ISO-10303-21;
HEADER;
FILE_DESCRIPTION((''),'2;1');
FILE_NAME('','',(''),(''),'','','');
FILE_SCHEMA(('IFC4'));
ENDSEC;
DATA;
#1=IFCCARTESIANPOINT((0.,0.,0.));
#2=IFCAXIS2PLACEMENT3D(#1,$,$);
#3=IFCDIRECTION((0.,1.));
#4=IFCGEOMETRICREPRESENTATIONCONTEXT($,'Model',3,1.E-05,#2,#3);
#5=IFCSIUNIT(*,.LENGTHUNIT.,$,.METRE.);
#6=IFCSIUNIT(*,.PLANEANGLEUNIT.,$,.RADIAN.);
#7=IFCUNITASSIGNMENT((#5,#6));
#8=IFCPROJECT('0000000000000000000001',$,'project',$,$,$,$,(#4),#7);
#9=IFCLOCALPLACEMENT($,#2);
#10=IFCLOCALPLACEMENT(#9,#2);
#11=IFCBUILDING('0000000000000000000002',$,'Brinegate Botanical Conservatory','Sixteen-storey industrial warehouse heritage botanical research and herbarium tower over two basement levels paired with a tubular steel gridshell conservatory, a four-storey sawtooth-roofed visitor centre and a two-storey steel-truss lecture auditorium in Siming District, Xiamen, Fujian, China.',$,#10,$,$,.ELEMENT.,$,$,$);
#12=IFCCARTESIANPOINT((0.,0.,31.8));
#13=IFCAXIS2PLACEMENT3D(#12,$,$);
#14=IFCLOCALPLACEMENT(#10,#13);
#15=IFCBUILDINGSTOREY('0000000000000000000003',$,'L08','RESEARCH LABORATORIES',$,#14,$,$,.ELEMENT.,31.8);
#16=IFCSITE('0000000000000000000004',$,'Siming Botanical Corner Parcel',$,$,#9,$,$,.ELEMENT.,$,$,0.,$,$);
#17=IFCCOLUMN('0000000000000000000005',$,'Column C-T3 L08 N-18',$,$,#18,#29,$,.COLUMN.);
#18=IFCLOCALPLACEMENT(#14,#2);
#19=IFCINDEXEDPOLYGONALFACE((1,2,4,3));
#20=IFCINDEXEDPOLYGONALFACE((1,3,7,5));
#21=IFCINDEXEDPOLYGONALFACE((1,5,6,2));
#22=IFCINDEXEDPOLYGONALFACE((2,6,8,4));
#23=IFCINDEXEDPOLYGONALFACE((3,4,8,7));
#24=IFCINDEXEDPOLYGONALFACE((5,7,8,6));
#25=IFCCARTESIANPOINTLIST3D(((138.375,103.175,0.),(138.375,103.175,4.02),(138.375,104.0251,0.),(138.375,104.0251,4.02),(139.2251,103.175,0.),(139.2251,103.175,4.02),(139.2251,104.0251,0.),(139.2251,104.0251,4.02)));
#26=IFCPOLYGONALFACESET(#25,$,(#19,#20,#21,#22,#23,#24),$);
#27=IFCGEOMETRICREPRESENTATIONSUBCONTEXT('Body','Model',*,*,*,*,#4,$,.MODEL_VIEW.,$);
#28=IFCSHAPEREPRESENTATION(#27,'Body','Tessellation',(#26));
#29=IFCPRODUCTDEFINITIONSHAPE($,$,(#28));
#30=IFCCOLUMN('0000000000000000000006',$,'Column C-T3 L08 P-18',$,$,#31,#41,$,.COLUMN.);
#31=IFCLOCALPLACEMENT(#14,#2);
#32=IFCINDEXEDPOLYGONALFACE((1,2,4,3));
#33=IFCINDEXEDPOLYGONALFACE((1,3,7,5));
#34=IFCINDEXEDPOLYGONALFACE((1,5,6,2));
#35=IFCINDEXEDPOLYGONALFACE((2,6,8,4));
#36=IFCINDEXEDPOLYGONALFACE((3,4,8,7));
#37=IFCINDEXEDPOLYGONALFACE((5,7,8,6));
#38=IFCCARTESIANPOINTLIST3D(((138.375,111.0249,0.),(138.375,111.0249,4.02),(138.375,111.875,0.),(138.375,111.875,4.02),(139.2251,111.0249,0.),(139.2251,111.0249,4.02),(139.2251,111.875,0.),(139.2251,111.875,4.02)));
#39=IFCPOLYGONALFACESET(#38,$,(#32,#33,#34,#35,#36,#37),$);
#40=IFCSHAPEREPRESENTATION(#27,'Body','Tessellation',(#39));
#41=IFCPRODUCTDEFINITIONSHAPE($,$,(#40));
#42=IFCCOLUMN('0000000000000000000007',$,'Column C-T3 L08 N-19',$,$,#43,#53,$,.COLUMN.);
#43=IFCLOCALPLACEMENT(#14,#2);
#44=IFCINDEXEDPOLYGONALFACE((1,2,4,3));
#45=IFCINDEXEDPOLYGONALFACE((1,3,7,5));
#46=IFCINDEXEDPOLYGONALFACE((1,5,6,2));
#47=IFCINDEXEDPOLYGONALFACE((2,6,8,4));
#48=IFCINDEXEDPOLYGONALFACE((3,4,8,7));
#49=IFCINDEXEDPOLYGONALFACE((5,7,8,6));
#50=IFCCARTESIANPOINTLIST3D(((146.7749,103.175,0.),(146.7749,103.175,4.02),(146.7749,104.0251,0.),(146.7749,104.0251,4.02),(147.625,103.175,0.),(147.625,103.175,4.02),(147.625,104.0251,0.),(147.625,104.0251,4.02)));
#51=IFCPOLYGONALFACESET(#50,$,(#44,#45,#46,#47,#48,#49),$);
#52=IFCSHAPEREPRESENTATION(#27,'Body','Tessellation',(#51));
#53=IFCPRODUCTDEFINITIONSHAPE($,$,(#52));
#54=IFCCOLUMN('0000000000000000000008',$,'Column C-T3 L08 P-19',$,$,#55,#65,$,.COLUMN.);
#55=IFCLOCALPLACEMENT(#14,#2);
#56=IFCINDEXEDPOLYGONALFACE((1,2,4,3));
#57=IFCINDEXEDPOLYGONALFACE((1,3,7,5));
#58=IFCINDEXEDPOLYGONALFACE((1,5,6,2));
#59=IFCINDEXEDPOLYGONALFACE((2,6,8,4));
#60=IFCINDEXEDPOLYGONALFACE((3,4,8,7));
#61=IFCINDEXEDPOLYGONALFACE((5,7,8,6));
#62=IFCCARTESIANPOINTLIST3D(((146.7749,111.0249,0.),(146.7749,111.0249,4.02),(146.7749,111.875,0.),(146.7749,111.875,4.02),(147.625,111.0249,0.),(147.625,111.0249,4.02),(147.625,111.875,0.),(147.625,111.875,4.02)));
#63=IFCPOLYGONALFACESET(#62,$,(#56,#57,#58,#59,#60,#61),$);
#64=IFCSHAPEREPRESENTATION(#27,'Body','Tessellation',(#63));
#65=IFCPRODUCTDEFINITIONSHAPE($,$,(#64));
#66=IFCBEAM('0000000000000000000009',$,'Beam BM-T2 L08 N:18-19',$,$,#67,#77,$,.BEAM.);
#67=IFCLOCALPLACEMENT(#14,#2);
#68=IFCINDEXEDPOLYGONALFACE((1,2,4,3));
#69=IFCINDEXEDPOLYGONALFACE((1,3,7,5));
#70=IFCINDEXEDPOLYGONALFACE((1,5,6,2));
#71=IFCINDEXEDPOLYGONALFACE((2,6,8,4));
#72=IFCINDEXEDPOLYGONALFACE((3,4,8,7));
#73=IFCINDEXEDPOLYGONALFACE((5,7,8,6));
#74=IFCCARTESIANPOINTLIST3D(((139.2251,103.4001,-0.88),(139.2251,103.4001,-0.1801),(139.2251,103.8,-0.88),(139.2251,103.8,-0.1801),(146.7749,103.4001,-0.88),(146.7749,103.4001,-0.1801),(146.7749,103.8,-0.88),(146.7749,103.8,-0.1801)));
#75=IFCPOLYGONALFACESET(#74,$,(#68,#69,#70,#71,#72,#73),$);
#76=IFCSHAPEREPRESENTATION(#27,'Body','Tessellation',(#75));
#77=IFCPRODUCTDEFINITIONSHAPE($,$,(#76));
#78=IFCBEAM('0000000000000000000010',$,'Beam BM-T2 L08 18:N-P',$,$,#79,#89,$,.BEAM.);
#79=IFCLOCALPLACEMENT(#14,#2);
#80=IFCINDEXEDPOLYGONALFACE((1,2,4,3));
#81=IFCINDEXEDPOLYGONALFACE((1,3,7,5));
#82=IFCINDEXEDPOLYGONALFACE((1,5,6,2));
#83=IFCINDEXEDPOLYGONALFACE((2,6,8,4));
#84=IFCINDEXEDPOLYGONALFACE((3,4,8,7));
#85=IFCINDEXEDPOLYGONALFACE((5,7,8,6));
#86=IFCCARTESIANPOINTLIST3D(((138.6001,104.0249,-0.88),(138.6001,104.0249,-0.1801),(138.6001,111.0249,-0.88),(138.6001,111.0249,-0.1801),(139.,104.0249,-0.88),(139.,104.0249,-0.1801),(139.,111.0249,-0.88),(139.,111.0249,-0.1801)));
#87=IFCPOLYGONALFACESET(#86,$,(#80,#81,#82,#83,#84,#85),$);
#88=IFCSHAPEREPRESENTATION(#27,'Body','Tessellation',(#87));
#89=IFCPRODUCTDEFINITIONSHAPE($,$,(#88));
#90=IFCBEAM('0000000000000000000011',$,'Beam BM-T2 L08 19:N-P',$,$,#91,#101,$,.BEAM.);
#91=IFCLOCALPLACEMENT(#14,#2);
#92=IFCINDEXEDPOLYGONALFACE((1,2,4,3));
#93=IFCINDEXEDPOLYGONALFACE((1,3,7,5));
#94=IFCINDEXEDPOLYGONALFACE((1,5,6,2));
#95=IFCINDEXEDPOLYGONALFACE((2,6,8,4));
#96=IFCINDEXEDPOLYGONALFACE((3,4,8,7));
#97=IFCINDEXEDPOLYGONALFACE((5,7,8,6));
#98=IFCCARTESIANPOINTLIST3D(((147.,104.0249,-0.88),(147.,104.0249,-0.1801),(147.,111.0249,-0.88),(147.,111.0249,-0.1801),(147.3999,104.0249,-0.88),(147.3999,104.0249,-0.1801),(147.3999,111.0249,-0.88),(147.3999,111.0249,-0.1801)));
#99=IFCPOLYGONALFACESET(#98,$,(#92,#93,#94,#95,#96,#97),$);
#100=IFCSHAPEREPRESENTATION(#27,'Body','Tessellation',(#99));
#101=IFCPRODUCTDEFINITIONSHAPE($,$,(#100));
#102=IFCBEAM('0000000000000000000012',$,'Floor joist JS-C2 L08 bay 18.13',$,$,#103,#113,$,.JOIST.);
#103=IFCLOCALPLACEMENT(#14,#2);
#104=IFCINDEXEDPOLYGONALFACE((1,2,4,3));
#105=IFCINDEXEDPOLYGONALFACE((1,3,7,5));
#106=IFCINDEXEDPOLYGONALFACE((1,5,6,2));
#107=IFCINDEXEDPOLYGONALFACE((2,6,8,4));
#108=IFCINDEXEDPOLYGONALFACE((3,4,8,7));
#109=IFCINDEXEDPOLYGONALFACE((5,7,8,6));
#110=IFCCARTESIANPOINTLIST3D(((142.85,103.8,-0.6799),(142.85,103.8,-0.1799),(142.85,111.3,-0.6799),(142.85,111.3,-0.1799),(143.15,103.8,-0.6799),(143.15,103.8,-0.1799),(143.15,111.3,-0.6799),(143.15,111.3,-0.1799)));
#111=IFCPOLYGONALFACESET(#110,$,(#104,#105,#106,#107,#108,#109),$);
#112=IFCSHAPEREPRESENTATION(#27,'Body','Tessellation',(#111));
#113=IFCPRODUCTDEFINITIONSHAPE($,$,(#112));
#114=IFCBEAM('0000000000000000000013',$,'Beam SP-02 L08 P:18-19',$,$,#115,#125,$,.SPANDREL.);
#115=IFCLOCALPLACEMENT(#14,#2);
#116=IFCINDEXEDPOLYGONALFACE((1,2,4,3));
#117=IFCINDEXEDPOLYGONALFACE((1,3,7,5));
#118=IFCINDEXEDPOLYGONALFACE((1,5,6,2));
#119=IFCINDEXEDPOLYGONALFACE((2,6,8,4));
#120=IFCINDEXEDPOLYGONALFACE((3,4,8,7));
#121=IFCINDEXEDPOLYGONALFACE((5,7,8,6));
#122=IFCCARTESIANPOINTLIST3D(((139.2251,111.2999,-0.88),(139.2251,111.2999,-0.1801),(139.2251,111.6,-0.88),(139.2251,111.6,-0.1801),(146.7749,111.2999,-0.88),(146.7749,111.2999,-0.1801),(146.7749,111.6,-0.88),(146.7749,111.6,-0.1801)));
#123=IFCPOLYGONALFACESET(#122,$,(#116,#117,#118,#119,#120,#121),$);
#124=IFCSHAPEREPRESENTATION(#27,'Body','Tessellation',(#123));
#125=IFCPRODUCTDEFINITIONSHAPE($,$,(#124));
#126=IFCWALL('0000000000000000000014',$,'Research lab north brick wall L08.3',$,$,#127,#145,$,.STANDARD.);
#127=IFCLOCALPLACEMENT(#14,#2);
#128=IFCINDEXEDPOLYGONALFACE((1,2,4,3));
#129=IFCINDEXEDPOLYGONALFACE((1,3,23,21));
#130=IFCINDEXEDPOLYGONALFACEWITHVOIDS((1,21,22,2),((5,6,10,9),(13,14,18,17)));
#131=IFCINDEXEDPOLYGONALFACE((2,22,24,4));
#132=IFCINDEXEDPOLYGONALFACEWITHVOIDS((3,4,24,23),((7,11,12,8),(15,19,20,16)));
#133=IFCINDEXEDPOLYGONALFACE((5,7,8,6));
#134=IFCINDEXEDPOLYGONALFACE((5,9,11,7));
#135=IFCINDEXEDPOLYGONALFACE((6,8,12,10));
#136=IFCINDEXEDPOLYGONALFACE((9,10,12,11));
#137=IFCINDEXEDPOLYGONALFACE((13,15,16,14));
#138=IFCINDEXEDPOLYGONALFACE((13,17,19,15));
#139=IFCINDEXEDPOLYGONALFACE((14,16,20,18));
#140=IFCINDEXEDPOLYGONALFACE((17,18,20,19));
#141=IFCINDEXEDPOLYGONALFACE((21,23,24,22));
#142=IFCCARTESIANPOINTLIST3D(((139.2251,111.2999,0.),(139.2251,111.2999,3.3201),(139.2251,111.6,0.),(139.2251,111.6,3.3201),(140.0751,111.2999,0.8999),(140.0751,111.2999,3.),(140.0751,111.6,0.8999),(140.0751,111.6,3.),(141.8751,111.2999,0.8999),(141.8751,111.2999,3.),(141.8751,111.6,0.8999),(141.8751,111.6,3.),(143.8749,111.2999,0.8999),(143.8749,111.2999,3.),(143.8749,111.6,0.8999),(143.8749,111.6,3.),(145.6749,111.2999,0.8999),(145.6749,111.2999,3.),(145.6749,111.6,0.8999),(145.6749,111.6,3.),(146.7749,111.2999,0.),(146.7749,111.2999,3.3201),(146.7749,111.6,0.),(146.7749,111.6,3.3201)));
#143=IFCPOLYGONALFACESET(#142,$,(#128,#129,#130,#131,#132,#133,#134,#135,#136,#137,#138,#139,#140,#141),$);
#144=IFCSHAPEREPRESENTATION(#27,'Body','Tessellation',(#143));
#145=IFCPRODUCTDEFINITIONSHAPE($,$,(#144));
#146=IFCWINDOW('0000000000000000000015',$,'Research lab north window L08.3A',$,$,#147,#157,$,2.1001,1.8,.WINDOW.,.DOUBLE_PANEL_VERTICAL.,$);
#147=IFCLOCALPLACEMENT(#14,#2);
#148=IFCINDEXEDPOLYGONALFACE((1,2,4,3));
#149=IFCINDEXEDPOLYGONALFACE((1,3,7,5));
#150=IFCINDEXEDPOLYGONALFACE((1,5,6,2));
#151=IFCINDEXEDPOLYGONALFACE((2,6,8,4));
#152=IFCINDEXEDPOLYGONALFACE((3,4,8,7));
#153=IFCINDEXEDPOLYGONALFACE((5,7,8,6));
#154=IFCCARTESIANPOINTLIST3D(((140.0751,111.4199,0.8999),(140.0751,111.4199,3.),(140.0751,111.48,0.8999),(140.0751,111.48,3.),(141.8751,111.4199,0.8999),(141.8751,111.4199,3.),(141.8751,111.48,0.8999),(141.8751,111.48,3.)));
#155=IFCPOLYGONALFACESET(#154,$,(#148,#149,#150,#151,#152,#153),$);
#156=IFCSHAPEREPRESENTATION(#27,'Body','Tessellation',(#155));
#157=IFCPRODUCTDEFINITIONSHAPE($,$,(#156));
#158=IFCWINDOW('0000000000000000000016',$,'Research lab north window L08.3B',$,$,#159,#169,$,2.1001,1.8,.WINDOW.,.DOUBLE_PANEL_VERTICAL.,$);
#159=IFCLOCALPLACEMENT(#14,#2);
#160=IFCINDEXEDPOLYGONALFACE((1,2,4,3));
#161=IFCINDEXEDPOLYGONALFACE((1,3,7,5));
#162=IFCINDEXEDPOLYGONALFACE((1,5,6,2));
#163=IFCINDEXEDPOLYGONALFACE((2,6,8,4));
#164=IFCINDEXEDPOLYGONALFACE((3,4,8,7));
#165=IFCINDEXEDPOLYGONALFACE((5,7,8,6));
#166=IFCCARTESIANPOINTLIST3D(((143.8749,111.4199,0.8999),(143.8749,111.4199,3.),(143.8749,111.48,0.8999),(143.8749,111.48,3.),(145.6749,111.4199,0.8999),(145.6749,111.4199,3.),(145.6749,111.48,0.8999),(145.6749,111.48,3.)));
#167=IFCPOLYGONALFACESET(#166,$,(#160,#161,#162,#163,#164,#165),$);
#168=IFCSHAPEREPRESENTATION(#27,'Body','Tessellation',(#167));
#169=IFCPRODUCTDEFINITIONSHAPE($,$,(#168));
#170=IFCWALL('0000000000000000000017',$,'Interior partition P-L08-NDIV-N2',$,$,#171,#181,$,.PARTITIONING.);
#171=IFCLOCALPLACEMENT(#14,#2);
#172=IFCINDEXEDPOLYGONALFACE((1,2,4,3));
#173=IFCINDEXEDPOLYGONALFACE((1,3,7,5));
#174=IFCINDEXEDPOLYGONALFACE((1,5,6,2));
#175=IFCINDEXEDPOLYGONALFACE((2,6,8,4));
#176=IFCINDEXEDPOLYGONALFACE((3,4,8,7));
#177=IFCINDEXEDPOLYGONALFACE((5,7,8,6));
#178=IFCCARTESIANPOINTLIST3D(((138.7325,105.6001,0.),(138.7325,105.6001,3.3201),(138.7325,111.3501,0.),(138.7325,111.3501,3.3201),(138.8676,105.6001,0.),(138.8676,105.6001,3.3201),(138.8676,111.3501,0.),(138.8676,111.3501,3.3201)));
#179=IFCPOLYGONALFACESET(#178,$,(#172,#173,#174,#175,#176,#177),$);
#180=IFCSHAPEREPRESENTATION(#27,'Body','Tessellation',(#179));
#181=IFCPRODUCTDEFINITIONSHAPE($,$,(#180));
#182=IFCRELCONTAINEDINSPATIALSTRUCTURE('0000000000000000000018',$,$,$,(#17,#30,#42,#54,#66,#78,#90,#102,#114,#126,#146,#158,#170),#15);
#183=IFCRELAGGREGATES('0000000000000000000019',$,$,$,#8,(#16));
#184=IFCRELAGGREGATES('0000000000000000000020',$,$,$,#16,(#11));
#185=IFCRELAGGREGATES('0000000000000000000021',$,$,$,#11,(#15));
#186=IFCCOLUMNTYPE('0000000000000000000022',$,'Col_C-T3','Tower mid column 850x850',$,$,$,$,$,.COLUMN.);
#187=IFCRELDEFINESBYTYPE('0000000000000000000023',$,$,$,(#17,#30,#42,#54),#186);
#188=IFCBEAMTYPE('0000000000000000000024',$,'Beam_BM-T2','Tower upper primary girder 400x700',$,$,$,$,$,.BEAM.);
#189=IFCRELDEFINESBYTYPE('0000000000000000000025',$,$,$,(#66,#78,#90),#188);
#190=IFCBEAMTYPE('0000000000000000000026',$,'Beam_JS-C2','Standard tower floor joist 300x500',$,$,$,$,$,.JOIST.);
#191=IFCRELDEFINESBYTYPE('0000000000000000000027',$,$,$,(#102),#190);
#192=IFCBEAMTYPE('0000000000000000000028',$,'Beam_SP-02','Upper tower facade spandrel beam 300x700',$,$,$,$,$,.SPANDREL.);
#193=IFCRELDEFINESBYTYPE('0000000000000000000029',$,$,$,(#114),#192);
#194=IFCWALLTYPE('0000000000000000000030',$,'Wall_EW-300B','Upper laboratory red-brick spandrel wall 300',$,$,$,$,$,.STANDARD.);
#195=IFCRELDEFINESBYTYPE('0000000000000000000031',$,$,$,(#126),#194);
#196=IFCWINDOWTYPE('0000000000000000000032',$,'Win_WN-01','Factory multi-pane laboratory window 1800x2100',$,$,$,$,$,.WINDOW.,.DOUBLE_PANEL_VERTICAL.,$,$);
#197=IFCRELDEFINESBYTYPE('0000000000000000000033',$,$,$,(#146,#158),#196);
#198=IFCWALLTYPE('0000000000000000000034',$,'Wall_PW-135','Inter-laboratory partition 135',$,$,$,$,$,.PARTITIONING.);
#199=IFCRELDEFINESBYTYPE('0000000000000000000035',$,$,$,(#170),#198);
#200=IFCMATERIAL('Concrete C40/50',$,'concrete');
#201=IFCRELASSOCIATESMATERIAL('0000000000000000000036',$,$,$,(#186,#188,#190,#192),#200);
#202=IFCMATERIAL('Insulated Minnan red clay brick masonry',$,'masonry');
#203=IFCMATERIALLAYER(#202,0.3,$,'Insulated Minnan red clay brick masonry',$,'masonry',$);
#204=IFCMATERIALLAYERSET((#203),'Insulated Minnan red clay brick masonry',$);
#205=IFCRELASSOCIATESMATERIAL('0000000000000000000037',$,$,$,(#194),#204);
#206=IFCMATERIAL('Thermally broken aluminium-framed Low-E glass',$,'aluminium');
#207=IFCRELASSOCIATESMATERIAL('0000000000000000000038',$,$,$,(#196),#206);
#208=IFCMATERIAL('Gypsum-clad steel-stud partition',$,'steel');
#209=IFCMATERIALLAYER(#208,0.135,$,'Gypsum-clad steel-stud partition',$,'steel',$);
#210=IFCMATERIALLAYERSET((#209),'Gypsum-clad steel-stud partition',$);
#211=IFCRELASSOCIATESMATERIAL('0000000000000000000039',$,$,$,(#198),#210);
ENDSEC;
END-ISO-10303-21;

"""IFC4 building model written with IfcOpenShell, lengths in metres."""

from ifc_helpers import new_model, si_unit, direction, frame, frame_2d, origin, origin_2d, place, context, subcontext, project, spatial, rectangle, extrude, material, layer, layer_set, material_profile, profile_set, type_object, element, fill, save


model = new_model("IFC4")

# Units and contexts
model_context = context("Model", 3, precision=1e-05, world=origin(), true_north=direction((0.0, 1.0)))
body_context = subcontext(model_context, "Body", "Model", "MODEL_VIEW")
ifc_project = project(units=[si_unit("LENGTHUNIT", "METRE"), si_unit("PLANEANGLEUNIT", "RADIAN")], contexts=[model_context])

# Site, building, storey
site_placement = place(None, origin())
site = spatial("IfcSite", under=ifc_project, at=site_placement, Name="Siming Botanical Corner Parcel", CompositionType="ELEMENT", RefElevation=0.0)
building_placement = place(site_placement, origin())
building = spatial("IfcBuilding", under=site, at=building_placement, Name="Brinegate Botanical Conservatory", Description="Sixteen-storey industrial warehouse heritage botanical research and herbarium tower over two basement levels paired with a tubular steel gridshell conservatory, a four-storey sawtooth-roofed visitor centre and a two-storey steel-truss lecture auditorium in Siming District, Xiamen, Fujian, China.", CompositionType="ELEMENT")
storey_placement = place(building_placement, frame((0.0, 0.0, 31.8)))
storey = spatial("IfcBuildingStorey", under=building, at=storey_placement, Name="L08", Description="RESEARCH LABORATORIES", CompositionType="ELEMENT", Elevation=31.8)

# Columns
ifc_material_1 = material(Name="Concrete C40/50", Category="concrete")
ifc_material_profile_1 = material_profile(ifc_material_1, rectangle(XDim=0.8501, YDim=0.8501, at=origin_2d()), Name="RC COL 850x850")
ifc_profile_set_1 = profile_set([ifc_material_profile_1], Name="Concrete C40/50")
column_type = type_object("IfcColumnType", Name="Col_C-T3", Description="Tower mid column 850x850", PredefinedType="COLUMN", material=ifc_profile_set_1)
for number, where, z_axis, x_axis, name in (
    (1, (138.8, 103.6001, 0.0), (0.0, 0.0, 1.0), (1.0, 0.0, 0.0), "Column C-T3 L08 N-18"),
    (2, (138.8, 111.45, 0.0), (0.0, 0.0, 1.0), (1.0, 0.0, 0.0), "Column C-T3 L08 P-18"),
    (3, (147.2, 103.6001, 0.0), (0.0, 0.0, 1.0), (1.0, 0.0, 0.0), "Column C-T3 L08 N-19"),
    (4, (147.2, 111.45, 0.0), (0.0, 0.0, 1.0), (1.0, 0.0, 0.0), "Column C-T3 L08 P-19"),
):
    element("IfcColumn", number, at=place(storey_placement, frame(where, z_axis=z_axis, x_axis=x_axis)), inside=storey, type_object=column_type, Name=name, PredefinedType="COLUMN", context=body_context, shape_type="SweptSolid", body=[
        extrude(rectangle(XDim=0.8501, YDim=0.8501, at=origin_2d()), origin(), (0.0, 0.0, 1.0), 4.02),
    ])

# Beams
ifc_material_profile_2 = material_profile(ifc_material_1, rectangle(XDim=0.3999, YDim=0.7, at=origin_2d()), Name="RC BM 400x700")
ifc_profile_set_2 = profile_set([ifc_material_profile_2], Name="Concrete C40/50")
beam_type_1 = type_object("IfcBeamType", Name="Beam_BM-T2", Description="Tower upper primary girder 400x700", PredefinedType="BEAM", material=ifc_profile_set_2)
beam_1_placement = place(storey_placement, frame((139.2251, 103.6001, -0.53), z_axis=(1.0, 0.0, 0.0), x_axis=(0.0, 1.0, 0.0)))
element("IfcBeam", 5, at=beam_1_placement, inside=storey, type_object=beam_type_1, Name="Beam BM-T2 L08 N:18-19", PredefinedType="BEAM", context=body_context, shape_type="SweptSolid", body=[
    extrude(rectangle(XDim=0.3999, YDim=0.7, at=origin_2d()), origin(), (0.0, 0.0, 1.0), 7.5498),
])
for number, where, z_axis, x_axis, name in (
    (6, (138.8, 104.0249, -0.53), (0.0, 1.0, 0.0), (-1.0, 0.0, 0.0), "Beam BM-T2 L08 18:N-P"),
    (7, (147.2, 104.0249, -0.53), (0.0, 1.0, 0.0), (-1.0, 0.0, 0.0), "Beam BM-T2 L08 19:N-P"),
):
    element("IfcBeam", number, at=place(storey_placement, frame(where, z_axis=z_axis, x_axis=x_axis)), inside=storey, type_object=beam_type_1, Name=name, PredefinedType="BEAM", context=body_context, shape_type="SweptSolid", body=[
        extrude(rectangle(XDim=0.3999, YDim=0.7, at=origin_2d()), origin(), (0.0, 0.0, 1.0), 7.0),
    ])
ifc_material_profile_3 = material_profile(ifc_material_1, rectangle(XDim=0.3, YDim=0.5, at=origin_2d()), Name="RC JST 300x500")
ifc_profile_set_3 = profile_set([ifc_material_profile_3], Name="Concrete C40/50")
beam_type_2 = type_object("IfcBeamType", Name="Beam_JS-C2", Description="Standard tower floor joist 300x500", PredefinedType="JOIST", material=ifc_profile_set_3)
beam_2_placement = place(storey_placement, frame((143.0, 103.8, -0.4299), z_axis=(0.0, 1.0, 0.0), x_axis=(-1.0, 0.0, 0.0)))
element("IfcBeam", 8, at=beam_2_placement, inside=storey, type_object=beam_type_2, Name="Floor joist JS-C2 L08 bay 18.13", PredefinedType="JOIST", context=body_context, shape_type="SweptSolid", body=[
    extrude(rectangle(XDim=0.3, YDim=0.5, at=origin_2d()), origin(), (0.0, 0.0, 1.0), 7.5),
])
ifc_material_profile_4 = material_profile(ifc_material_1, rectangle(XDim=0.3, YDim=0.7, at=origin_2d()), Name="RC SPN 300x700")
ifc_profile_set_4 = profile_set([ifc_material_profile_4], Name="Concrete C40/50")
beam_type_3 = type_object("IfcBeamType", Name="Beam_SP-02", Description="Upper tower facade spandrel beam 300x700", PredefinedType="SPANDREL", material=ifc_profile_set_4)
beam_3_placement = place(storey_placement, frame((139.2251, 111.45, -0.53), z_axis=(1.0, 0.0, 0.0), x_axis=(0.0, 1.0, 0.0)))
element("IfcBeam", 9, at=beam_3_placement, inside=storey, type_object=beam_type_3, Name="Beam SP-02 L08 P:18-19", PredefinedType="SPANDREL", context=body_context, shape_type="SweptSolid", body=[
    extrude(rectangle(XDim=0.3, YDim=0.7, at=origin_2d()), origin(), (0.0, 0.0, 1.0), 7.5498),
])

# Wall, openings, windows
ifc_material_2 = material(Name="Insulated Minnan red clay brick masonry", Category="masonry")
ifc_layer_1 = layer(ifc_material_2, 0.3, Name="Insulated Minnan red clay brick masonry", Category="masonry")
ifc_layer_set_1 = layer_set([ifc_layer_1], Name="Insulated Minnan red clay brick masonry")
wall_type_1 = type_object("IfcWallType", Name="Wall_EW-300B", Description="Upper laboratory red-brick spandrel wall 300", PredefinedType="STANDARD", material=ifc_layer_set_1)
wall_1_placement = place(storey_placement, frame((139.2251, 111.45, 0.0), z_axis=(0.0, 0.0, 1.0), x_axis=(1.0, 0.0, 0.0)))
wall_1 = element("IfcWall", 10, at=wall_1_placement, inside=storey, type_object=wall_type_1, Name="Research lab north brick wall L08.3", PredefinedType="STANDARD", context=body_context, shape_type="SweptSolid", body=[
    extrude(rectangle(XDim=7.5498, YDim=0.3, at=frame_2d((3.7749, 0.0))), origin(), (0.0, 0.0, 1.0), 3.3201),
])
opening_1_placement = place(wall_1_placement, frame((0.8501, 0.0, 0.8999)))
opening_1 = element("IfcOpeningElement", 11, at=opening_1_placement, cuts=wall_1, PredefinedType="OPENING", context=body_context, shape_type="SweptSolid", body=[
    extrude(rectangle(XDim=1.8, YDim=2.1001, at=frame_2d((0.8999, 1.05))), frame((0.0, 0.1599, 0.0), z_axis=(0.0, -1.0, 0.0), x_axis=(1.0, 0.0, 0.0)), (0.0, 0.0, 1.0), 0.3201),
])
opening_2_placement = place(wall_1_placement, frame((4.6499, 0.0, 0.8999)))
opening_2 = element("IfcOpeningElement", 12, at=opening_2_placement, cuts=wall_1, PredefinedType="OPENING", context=body_context, shape_type="SweptSolid", body=[
    extrude(rectangle(XDim=1.8, YDim=2.1001, at=frame_2d((0.8999, 1.05))), frame((0.0, 0.1599, 0.0), z_axis=(0.0, -1.0, 0.0), x_axis=(1.0, 0.0, 0.0)), (0.0, 0.0, 1.0), 0.3201),
])
ifc_material_3 = material(Name="Thermally broken aluminium-framed Low-E glass", Category="aluminium")
window_type = type_object("IfcWindowType", Name="Win_WN-01", Description="Factory multi-pane laboratory window 1800x2100", PartitioningType="DOUBLE_PANEL_VERTICAL", PredefinedType="WINDOW", material=ifc_material_3)
window_1_placement = place(opening_1_placement, origin())
window_1 = element("IfcWindow", 13, at=window_1_placement, inside=storey, type_object=window_type, Name="Research lab north window L08.3A", OverallHeight=2.1001, OverallWidth=1.8, PartitioningType="DOUBLE_PANEL_VERTICAL", PredefinedType="WINDOW", context=body_context, shape_type="SweptSolid", body=[
    extrude(rectangle(XDim=1.8, YDim=2.1001, at=frame_2d((0.8999, 1.05))), frame((0.0, 0.03, 0.0), z_axis=(0.0, -1.0, 0.0), x_axis=(1.0, 0.0, 0.0)), (0.0, 0.0, 1.0), 0.0601),
])
fill(opening_1, window_1)
window_2_placement = place(opening_2_placement, origin())
window_2 = element("IfcWindow", 14, at=window_2_placement, inside=storey, type_object=window_type, Name="Research lab north window L08.3B", OverallHeight=2.1001, OverallWidth=1.8, PartitioningType="DOUBLE_PANEL_VERTICAL", PredefinedType="WINDOW", context=body_context, shape_type="SweptSolid", body=[
    extrude(rectangle(XDim=1.8, YDim=2.1001, at=frame_2d((0.8999, 1.05))), frame((0.0, 0.03, 0.0), z_axis=(0.0, -1.0, 0.0), x_axis=(1.0, 0.0, 0.0)), (0.0, 0.0, 1.0), 0.0601),
])
fill(opening_2, window_2)

# Wall
ifc_material_4 = material(Name="Gypsum-clad steel-stud partition", Category="steel")
ifc_layer_2 = layer(ifc_material_4, 0.135, Name="Gypsum-clad steel-stud partition", Category="steel")
ifc_layer_set_2 = layer_set([ifc_layer_2], Name="Gypsum-clad steel-stud partition")
wall_type_2 = type_object("IfcWallType", Name="Wall_PW-135", Description="Inter-laboratory partition 135", PredefinedType="PARTITIONING", material=ifc_layer_set_2)
wall_2_placement = place(storey_placement, frame((138.8, 105.6001, 0.0), z_axis=(0.0, 0.0, 1.0), x_axis=(0.0, 1.0, 0.0)))
element("IfcWall", 15, at=wall_2_placement, inside=storey, type_object=wall_type_2, Name="Interior partition P-L08-NDIV-N2", PredefinedType="PARTITIONING", context=body_context, shape_type="SweptSolid", body=[
    extrude(rectangle(XDim=5.75, YDim=0.135, at=frame_2d((2.875, 0.0))), origin(), (0.0, 0.0, 1.0), 3.3201),
])

save(model, "model.ifc")
